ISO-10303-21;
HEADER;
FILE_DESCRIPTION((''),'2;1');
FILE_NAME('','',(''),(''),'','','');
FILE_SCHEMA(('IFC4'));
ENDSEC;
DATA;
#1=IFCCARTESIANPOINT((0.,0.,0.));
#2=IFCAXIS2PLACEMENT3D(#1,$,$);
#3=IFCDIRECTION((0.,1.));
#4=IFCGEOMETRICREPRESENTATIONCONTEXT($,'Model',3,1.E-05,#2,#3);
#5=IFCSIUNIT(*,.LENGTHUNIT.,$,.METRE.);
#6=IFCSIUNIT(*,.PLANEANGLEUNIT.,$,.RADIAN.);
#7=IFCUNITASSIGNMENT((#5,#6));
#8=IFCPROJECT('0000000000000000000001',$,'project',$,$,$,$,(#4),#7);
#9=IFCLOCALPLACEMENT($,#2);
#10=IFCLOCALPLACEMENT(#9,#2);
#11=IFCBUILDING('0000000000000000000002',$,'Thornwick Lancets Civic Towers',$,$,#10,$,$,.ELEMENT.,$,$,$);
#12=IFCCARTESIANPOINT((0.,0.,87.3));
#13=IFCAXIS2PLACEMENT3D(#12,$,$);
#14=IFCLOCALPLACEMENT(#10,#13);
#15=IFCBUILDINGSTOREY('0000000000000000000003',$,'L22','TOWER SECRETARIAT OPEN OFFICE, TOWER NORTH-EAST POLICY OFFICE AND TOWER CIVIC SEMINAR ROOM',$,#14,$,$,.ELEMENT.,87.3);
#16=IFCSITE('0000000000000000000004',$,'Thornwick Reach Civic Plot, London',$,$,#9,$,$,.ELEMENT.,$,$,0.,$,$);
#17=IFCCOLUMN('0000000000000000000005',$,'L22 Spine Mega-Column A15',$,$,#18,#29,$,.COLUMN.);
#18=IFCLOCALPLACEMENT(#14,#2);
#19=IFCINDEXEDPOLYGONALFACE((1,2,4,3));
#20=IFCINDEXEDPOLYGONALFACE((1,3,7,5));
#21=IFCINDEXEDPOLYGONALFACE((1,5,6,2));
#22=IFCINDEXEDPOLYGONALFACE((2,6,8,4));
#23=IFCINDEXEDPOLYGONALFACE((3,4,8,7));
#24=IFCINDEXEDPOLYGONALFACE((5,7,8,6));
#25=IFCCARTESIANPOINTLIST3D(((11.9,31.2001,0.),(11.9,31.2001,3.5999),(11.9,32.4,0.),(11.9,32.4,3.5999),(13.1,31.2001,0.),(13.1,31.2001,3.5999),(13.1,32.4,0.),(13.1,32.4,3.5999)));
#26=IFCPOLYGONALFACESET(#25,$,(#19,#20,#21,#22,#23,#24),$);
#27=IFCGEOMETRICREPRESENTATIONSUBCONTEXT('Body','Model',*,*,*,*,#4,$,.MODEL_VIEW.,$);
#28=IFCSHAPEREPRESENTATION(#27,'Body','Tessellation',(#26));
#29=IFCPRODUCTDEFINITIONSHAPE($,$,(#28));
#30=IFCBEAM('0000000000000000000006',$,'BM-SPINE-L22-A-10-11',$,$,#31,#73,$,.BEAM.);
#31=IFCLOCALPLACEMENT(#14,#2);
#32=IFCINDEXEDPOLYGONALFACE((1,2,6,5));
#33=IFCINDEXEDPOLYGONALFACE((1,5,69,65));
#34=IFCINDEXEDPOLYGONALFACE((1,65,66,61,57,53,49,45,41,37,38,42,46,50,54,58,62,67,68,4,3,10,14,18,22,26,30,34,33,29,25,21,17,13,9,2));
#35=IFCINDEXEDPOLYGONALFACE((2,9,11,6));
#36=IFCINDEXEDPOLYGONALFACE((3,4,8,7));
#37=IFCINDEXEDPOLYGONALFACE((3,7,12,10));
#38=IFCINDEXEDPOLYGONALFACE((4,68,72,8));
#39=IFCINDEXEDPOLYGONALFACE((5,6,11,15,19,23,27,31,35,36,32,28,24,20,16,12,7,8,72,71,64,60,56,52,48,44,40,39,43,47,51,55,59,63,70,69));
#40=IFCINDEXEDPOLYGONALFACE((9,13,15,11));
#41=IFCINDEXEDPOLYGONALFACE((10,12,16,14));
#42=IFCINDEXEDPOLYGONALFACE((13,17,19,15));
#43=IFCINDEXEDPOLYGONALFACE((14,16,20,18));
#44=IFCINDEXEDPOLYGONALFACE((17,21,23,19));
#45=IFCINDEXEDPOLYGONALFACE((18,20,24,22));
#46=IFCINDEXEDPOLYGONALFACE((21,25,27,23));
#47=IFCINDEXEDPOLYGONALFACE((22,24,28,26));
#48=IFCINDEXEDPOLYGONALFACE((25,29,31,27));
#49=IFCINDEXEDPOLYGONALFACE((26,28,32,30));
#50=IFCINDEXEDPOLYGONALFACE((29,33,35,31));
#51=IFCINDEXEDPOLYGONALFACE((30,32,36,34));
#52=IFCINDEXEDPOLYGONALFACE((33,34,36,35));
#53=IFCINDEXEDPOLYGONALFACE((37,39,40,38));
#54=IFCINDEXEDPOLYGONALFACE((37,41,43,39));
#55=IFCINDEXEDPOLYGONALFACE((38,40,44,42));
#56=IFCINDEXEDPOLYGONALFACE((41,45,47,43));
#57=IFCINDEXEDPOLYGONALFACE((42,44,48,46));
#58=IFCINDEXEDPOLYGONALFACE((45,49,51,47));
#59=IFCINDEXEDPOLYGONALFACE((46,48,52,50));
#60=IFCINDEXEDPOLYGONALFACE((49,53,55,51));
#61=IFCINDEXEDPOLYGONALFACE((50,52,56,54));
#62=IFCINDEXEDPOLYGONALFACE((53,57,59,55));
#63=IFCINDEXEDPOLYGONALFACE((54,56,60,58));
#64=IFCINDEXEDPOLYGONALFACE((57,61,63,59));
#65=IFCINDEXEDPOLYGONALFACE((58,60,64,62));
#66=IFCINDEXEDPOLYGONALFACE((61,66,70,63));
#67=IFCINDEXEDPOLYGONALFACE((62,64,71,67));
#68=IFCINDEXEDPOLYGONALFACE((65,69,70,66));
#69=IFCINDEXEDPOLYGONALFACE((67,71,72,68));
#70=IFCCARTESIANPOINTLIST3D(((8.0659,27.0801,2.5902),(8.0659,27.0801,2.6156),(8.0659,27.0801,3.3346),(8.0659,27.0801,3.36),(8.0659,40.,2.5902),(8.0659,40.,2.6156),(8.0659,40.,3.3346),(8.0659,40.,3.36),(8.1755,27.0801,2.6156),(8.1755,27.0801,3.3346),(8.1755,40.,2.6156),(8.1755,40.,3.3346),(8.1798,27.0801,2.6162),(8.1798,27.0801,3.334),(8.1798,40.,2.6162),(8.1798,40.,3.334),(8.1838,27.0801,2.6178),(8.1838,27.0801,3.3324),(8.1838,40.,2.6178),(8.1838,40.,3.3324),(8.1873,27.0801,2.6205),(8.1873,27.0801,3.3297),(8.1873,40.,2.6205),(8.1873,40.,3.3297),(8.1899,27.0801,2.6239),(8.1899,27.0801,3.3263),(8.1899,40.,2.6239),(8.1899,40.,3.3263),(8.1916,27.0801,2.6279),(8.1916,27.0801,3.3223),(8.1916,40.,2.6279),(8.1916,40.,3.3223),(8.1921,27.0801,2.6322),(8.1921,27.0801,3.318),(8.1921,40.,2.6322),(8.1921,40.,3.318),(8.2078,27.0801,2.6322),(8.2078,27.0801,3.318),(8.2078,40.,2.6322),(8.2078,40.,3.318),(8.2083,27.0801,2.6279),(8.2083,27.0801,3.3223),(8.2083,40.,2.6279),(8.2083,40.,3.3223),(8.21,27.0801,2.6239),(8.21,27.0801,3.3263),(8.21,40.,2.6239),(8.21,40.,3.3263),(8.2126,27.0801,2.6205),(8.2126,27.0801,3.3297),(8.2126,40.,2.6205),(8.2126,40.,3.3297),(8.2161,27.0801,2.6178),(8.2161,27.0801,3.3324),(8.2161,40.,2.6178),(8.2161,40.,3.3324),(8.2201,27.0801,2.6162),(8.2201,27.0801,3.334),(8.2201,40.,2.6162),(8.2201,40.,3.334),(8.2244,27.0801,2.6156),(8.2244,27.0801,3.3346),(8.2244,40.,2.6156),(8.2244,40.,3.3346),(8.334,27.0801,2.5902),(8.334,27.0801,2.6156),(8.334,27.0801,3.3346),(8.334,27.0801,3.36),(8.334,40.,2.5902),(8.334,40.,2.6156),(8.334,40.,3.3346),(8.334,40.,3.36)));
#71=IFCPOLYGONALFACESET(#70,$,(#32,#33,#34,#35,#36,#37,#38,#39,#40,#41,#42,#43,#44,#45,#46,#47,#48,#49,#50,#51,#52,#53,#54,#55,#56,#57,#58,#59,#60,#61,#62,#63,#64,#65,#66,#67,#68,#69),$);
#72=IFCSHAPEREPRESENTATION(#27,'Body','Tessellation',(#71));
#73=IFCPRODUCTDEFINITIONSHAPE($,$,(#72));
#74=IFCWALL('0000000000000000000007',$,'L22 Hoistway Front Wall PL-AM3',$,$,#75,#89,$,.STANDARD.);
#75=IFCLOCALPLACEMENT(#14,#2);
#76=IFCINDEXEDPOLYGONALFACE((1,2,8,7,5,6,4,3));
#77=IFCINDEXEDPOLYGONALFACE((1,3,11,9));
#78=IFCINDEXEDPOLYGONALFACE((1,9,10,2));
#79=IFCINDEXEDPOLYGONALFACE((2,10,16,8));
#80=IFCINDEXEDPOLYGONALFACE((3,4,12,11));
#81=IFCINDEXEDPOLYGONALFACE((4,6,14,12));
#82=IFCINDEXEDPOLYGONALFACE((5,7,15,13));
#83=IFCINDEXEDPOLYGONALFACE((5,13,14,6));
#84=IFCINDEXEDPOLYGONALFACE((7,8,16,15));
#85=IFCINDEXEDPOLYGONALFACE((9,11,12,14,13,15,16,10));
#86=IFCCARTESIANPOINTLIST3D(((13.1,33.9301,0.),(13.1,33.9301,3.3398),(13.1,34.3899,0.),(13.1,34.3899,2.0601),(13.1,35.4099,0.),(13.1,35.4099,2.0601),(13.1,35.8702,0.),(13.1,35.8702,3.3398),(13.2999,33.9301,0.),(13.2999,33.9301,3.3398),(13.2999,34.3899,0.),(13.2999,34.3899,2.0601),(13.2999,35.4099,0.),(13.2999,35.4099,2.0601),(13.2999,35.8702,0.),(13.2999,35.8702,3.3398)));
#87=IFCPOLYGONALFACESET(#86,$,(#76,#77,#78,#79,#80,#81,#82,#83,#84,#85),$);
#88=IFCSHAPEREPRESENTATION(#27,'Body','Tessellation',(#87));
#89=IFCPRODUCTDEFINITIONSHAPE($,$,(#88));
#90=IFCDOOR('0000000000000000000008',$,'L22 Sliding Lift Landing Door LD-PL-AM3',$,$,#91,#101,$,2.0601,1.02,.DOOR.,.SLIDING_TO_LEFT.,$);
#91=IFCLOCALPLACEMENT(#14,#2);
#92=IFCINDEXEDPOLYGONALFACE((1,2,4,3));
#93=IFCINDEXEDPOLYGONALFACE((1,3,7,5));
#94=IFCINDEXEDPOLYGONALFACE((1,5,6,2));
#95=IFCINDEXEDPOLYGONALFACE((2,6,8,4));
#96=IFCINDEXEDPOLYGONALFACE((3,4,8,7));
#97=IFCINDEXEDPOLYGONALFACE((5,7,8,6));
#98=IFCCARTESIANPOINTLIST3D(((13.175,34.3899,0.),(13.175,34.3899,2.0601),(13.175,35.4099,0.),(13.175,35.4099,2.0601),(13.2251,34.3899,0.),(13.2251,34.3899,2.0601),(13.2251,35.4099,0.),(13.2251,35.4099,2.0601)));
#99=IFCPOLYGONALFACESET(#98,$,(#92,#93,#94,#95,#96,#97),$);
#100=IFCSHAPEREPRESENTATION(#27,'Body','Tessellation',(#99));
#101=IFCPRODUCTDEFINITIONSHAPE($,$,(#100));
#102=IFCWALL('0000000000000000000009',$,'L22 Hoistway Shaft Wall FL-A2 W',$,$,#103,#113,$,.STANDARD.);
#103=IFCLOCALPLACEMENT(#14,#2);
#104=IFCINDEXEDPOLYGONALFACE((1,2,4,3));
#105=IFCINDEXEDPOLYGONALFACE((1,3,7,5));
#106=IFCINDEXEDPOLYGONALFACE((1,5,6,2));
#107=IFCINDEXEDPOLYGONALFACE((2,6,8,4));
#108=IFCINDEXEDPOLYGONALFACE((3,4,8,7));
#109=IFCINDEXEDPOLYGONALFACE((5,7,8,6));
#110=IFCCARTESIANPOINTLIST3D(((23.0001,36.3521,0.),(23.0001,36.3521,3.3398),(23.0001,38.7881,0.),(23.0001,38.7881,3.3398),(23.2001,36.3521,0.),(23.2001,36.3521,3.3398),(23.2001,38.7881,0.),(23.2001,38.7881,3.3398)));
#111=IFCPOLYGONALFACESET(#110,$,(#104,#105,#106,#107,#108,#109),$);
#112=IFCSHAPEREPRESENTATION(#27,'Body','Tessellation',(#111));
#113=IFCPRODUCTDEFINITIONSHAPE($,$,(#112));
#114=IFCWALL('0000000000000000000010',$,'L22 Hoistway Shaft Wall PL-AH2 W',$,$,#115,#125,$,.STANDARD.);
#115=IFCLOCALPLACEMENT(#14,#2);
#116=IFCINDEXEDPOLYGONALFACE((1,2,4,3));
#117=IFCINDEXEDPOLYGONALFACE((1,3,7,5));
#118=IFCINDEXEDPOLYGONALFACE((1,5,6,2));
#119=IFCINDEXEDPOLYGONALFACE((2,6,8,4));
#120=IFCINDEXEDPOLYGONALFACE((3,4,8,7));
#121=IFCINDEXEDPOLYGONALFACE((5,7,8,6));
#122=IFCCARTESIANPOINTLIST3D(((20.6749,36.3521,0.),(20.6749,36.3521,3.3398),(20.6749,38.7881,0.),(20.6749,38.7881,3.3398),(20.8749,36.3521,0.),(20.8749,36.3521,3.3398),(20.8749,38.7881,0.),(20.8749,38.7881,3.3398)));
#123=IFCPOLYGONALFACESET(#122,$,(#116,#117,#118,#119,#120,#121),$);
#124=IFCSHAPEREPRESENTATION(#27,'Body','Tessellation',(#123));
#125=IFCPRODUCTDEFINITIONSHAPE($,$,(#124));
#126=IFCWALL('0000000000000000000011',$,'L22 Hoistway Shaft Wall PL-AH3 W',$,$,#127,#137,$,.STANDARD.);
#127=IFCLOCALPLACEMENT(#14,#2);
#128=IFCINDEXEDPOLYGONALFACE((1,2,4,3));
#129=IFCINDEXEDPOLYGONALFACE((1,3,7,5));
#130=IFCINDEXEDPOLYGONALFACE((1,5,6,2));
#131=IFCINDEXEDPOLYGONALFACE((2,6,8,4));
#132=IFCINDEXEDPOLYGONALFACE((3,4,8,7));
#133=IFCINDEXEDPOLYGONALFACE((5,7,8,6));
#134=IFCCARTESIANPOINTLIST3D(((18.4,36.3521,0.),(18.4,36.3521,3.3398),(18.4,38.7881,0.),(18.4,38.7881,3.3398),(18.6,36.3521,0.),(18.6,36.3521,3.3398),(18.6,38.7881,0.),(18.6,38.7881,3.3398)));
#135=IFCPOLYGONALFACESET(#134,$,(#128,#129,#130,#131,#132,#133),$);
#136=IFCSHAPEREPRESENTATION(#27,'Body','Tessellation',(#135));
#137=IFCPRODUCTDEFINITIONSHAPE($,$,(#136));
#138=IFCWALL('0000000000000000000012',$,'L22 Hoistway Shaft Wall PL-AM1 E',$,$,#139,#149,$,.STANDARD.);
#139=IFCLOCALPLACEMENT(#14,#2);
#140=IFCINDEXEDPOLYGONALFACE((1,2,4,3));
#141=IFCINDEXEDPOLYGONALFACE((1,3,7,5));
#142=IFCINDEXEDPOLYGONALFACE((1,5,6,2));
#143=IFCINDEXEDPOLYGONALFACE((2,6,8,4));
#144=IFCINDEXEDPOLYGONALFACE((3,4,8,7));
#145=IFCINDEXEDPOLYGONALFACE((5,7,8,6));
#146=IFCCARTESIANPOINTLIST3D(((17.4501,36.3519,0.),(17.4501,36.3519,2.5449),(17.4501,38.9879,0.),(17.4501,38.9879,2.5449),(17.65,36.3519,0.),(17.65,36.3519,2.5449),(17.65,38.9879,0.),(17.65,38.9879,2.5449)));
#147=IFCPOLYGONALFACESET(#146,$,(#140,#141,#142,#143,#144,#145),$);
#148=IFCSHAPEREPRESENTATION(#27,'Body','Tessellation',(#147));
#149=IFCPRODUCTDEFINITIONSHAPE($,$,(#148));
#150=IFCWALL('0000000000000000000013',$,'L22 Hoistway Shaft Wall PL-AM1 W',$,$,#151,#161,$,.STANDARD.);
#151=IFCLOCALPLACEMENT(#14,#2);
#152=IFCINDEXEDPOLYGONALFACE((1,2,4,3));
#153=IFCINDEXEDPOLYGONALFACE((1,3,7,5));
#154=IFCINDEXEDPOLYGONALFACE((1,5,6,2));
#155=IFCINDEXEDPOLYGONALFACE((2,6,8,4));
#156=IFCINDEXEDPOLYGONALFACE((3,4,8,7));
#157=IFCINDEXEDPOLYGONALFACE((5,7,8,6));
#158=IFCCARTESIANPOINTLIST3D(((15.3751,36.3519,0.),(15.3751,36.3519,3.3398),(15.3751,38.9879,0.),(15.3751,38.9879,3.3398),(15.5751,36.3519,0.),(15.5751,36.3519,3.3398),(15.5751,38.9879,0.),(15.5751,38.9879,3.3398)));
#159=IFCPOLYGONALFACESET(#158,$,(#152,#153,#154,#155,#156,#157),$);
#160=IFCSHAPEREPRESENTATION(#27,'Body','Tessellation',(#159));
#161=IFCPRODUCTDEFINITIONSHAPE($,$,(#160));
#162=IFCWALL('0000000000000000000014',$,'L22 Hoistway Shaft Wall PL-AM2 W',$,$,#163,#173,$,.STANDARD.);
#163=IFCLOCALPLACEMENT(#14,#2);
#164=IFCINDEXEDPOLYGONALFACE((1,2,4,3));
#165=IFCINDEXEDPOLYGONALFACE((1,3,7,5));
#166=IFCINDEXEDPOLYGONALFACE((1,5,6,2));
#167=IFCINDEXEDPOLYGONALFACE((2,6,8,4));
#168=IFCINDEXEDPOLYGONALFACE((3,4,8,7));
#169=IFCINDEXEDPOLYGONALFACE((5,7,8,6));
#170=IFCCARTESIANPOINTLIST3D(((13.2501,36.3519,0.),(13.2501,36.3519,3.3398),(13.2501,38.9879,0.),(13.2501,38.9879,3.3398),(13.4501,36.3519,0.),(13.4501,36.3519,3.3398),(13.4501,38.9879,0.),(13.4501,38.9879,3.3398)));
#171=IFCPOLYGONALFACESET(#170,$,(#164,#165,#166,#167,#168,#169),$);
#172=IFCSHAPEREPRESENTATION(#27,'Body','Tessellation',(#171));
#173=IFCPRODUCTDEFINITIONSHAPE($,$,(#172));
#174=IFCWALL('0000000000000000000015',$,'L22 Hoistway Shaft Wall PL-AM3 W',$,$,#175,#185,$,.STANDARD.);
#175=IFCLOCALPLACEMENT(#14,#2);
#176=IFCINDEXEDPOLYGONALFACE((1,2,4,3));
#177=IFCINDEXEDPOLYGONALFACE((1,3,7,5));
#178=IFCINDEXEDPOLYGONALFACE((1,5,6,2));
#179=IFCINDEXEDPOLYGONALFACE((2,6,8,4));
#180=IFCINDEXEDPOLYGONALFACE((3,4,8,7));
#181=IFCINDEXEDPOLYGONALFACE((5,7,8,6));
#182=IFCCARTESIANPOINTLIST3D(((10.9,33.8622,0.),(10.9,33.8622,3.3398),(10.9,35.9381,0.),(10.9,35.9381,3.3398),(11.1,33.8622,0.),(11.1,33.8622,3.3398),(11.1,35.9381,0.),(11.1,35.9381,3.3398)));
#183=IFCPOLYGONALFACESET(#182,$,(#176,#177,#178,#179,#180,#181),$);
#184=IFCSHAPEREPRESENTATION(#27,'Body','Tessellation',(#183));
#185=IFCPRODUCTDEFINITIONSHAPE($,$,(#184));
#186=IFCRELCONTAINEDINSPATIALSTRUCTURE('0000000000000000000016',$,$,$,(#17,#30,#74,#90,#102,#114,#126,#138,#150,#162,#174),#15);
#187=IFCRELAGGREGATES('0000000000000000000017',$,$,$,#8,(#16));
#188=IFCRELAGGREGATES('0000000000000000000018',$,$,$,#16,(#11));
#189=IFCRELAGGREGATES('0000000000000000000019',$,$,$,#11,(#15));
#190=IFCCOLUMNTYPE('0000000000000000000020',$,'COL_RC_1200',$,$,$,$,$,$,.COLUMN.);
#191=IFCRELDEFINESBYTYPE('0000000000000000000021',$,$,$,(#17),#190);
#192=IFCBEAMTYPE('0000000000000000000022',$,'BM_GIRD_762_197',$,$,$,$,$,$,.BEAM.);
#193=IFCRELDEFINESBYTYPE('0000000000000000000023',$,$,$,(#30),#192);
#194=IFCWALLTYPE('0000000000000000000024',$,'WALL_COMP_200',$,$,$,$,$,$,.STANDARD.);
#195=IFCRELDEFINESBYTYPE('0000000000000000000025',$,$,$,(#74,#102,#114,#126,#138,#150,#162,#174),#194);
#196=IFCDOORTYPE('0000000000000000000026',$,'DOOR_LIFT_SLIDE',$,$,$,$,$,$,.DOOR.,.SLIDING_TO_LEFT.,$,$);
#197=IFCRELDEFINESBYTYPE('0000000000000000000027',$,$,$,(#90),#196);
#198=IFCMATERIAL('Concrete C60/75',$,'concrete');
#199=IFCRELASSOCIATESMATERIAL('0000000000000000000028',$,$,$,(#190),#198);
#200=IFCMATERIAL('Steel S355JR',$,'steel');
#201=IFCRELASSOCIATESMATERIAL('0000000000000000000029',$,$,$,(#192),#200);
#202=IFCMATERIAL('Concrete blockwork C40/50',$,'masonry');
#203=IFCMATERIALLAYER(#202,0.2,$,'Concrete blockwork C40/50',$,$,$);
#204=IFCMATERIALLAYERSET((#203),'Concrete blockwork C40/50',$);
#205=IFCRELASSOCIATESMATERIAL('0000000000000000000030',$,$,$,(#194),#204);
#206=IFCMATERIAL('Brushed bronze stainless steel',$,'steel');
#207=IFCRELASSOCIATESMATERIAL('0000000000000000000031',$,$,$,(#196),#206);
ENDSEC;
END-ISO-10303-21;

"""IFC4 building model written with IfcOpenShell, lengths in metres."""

from ifc_helpers import new_model, si_unit, direction, frame, frame_2d, origin, origin_2d, place, context, subcontext, project, spatial, rectangle, i_section, extrude, material, layer, layer_set, material_profile, profile_set, type_object, element, fill, save


model = new_model("IFC4")

# Units and contexts
model_context = context("Model", 3, precision=1e-05, world=origin(), true_north=direction((0.0, 1.0)))
body_context = subcontext(model_context, "Body", "Model", "MODEL_VIEW")
ifc_project = project(units=[si_unit("LENGTHUNIT", "METRE"), si_unit("PLANEANGLEUNIT", "RADIAN")], contexts=[model_context])

# Site, building, storey
site_placement = place(None, origin())
site = spatial("IfcSite", under=ifc_project, at=site_placement, Name="Thornwick Reach Civic Plot, London", CompositionType="ELEMENT", RefElevation=0.0)
building_placement = place(site_placement, origin())
building = spatial("IfcBuilding", under=site, at=building_placement, Name="Thornwick Lancets Civic Towers", CompositionType="ELEMENT")
storey_placement = place(building_placement, frame((0.0, 0.0, 87.3)))
storey = spatial("IfcBuildingStorey", under=building, at=storey_placement, Name="L22", Description="TOWER SECRETARIAT OPEN OFFICE, TOWER NORTH-EAST POLICY OFFICE AND TOWER CIVIC SEMINAR ROOM", CompositionType="ELEMENT", Elevation=87.3)

# Column
ifc_material_1 = material(Name="Concrete C60/75", Category="concrete")
ifc_material_profile_1 = material_profile(ifc_material_1, rectangle(XDim=1.2, YDim=1.2, at=origin_2d()), Name="RC 1200x1200")
ifc_profile_set_1 = profile_set([ifc_material_profile_1], Name="Concrete C60/75")
column_type = type_object("IfcColumnType", Name="COL_RC_1200", PredefinedType="COLUMN", material=ifc_profile_set_1)
column_placement = place(storey_placement, frame((12.5, 31.8, 0.0), z_axis=(0.0, 0.0, 1.0), x_axis=(1.0, 0.0, 0.0)))
element("IfcColumn", 1, at=column_placement, inside=storey, type_object=column_type, Name="L22 Spine Mega-Column A15", PredefinedType="COLUMN", context=body_context, shape_type="SweptSolid", body=[
    extrude(rectangle(XDim=1.2, YDim=1.2, at=origin_2d()), origin(), (0.0, 0.0, 1.0), 3.5999),
])

# Beam
ifc_material_2 = material(Name="Steel S355JR", Category="steel")
ifc_material_profile_2 = material_profile(ifc_material_2, i_section(OverallWidth=0.2681, OverallDepth=0.7698, WebThickness=0.0156, FlangeThickness=0.0254, FilletRadius=0.0166, at=origin_2d()), Name="UKB 762x267x197")
ifc_profile_set_2 = profile_set([ifc_material_profile_2], Name="Steel S355JR")
beam_type = type_object("IfcBeamType", Name="BM_GIRD_762_197", PredefinedType="BEAM", material=ifc_profile_set_2)
beam_placement = place(storey_placement, frame((8.2, 27.0801, 2.9751), z_axis=(0.0, 1.0, 0.0), x_axis=(-1.0, 0.0, 0.0)))
element("IfcBeam", 2, at=beam_placement, inside=storey, type_object=beam_type, Name="BM-SPINE-L22-A-10-11", PredefinedType="BEAM", context=body_context, shape_type="SweptSolid", body=[
    extrude(i_section(OverallWidth=0.2681, OverallDepth=0.7698, WebThickness=0.0156, FlangeThickness=0.0254, FilletRadius=0.0166, at=origin_2d()), origin(), (0.0, 0.0, 1.0), 12.9199),
])

# Wall, opening, door
ifc_material_3 = material(Name="Concrete blockwork C40/50", Category="masonry")
ifc_layer_1 = layer(ifc_material_3, 0.2, Name="Concrete blockwork C40/50")
ifc_layer_set_1 = layer_set([ifc_layer_1], Name="Concrete blockwork C40/50")
wall_type_1 = type_object("IfcWallType", Name="WALL_COMP_200", PredefinedType="STANDARD", material=ifc_layer_set_1)
wall_1_placement = place(storey_placement, frame((13.2, 33.9299, 0.0), z_axis=(0.0, 0.0, 1.0), x_axis=(0.0, 1.0, 0.0)))
wall_1 = element("IfcWall", 3, at=wall_1_placement, inside=storey, type_object=wall_type_1, Name="L22 Hoistway Front Wall PL-AM3", PredefinedType="STANDARD", context=body_context, shape_type="SweptSolid", body=[
    extrude(rectangle(XDim=1.9402, YDim=0.2, at=frame_2d((0.9702, 0.0))), origin(), (0.0, 0.0, 1.0), 3.3398),
])
opening_1_placement = place(wall_1_placement, frame((0.46, 0.0, 0.0)))
opening_1 = element("IfcOpeningElement", 4, at=opening_1_placement, cuts=wall_1, PredefinedType="OPENING", context=body_context, shape_type="SweptSolid", body=[
    extrude(rectangle(XDim=1.02, YDim=2.0601, at=frame_2d((0.51, 1.03))), frame((0.0, 0.1099, 0.0), z_axis=(0.0, -1.0, 0.0), x_axis=(1.0, 0.0, 0.0)), (0.0, 0.0, 1.0), 0.22),
])
ifc_material_4 = material(Name="Brushed bronze stainless steel", Category="steel")
door_type_1 = type_object("IfcDoorType", Name="DOOR_LIFT_SLIDE", OperationType="SLIDING_TO_LEFT", PredefinedType="DOOR", material=ifc_material_4)
door_1_placement = place(opening_1_placement, origin())
door_1 = element("IfcDoor", 5, at=door_1_placement, inside=storey, type_object=door_type_1, Name="L22 Sliding Lift Landing Door LD-PL-AM3", OperationType="SLIDING_TO_LEFT", OverallHeight=2.0601, OverallWidth=1.02, PredefinedType="DOOR", context=body_context, shape_type="SweptSolid", body=[
    extrude(rectangle(XDim=1.02, YDim=2.0601, at=frame_2d((0.51, 1.03))), frame((0.0, 0.0249, 0.0), z_axis=(0.0, -1.0, 0.0), x_axis=(1.0, 0.0, 0.0)), (0.0, 0.0, 1.0), 0.05),
])
fill(opening_1, door_1)

# Walls
for number, where, z_axis, x_axis, name in (
    (6, (23.1001, 36.3521, 0.0), (0.0, 0.0, 1.0), (0.0, 1.0, 0.0), "L22 Hoistway Shaft Wall FL-A2 W"),
    (7, (20.7749, 36.3521, 0.0), (0.0, 0.0, 1.0), (0.0, 1.0, 0.0), "L22 Hoistway Shaft Wall PL-AH2 W"),
    (8, (18.5, 36.3521, 0.0), (0.0, 0.0, 1.0), (0.0, 1.0, 0.0), "L22 Hoistway Shaft Wall PL-AH3 W"),
):
    element("IfcWall", number, at=place(storey_placement, frame(where, z_axis=z_axis, x_axis=x_axis)), inside=storey, type_object=wall_type_1, Name=name, PredefinedType="STANDARD", context=body_context, shape_type="SweptSolid", body=[
        extrude(rectangle(XDim=2.436, YDim=0.2, at=frame_2d((1.218, 0.0))), origin(), (0.0, 0.0, 1.0), 3.3398),
    ])
wall_2_placement = place(storey_placement, frame((17.55, 36.3521, 0.0), z_axis=(0.0, 0.0, 1.0), x_axis=(0.0, 1.0, 0.0)))
element("IfcWall", 9, at=wall_2_placement, inside=storey, type_object=wall_type_1, Name="L22 Hoistway Shaft Wall PL-AM1 E", PredefinedType="STANDARD", context=body_context, shape_type="SweptSolid", body=[
    extrude(rectangle(XDim=2.636, YDim=0.2, at=frame_2d((1.3179, 0.0))), origin(), (0.0, 0.0, 1.0), 2.5449),
])
for number, where, z_axis, x_axis, name in (
    (10, (15.4751, 36.3521, 0.0), (0.0, 0.0, 1.0), (0.0, 1.0, 0.0), "L22 Hoistway Shaft Wall PL-AM1 W"),
    (11, (13.3501, 36.3521, 0.0), (0.0, 0.0, 1.0), (0.0, 1.0, 0.0), "L22 Hoistway Shaft Wall PL-AM2 W"),
):
    element("IfcWall", number, at=place(storey_placement, frame(where, z_axis=z_axis, x_axis=x_axis)), inside=storey, type_object=wall_type_1, Name=name, PredefinedType="STANDARD", context=body_context, shape_type="SweptSolid", body=[
        extrude(rectangle(XDim=2.636, YDim=0.2, at=frame_2d((1.3179, 0.0))), origin(), (0.0, 0.0, 1.0), 3.3398),
    ])
wall_3_placement = place(storey_placement, frame((11.0, 33.8621, 0.0), z_axis=(0.0, 0.0, 1.0), x_axis=(0.0, 1.0, 0.0)))
element("IfcWall", 12, at=wall_3_placement, inside=storey, type_object=wall_type_1, Name="L22 Hoistway Shaft Wall PL-AM3 W", PredefinedType="STANDARD", context=body_context, shape_type="SweptSolid", body=[
    extrude(rectangle(XDim=2.0759, YDim=0.2, at=frame_2d((1.0381, 0.0))), origin(), (0.0, 0.0, 1.0), 3.3398),
])

save(model, "model.ifc")
